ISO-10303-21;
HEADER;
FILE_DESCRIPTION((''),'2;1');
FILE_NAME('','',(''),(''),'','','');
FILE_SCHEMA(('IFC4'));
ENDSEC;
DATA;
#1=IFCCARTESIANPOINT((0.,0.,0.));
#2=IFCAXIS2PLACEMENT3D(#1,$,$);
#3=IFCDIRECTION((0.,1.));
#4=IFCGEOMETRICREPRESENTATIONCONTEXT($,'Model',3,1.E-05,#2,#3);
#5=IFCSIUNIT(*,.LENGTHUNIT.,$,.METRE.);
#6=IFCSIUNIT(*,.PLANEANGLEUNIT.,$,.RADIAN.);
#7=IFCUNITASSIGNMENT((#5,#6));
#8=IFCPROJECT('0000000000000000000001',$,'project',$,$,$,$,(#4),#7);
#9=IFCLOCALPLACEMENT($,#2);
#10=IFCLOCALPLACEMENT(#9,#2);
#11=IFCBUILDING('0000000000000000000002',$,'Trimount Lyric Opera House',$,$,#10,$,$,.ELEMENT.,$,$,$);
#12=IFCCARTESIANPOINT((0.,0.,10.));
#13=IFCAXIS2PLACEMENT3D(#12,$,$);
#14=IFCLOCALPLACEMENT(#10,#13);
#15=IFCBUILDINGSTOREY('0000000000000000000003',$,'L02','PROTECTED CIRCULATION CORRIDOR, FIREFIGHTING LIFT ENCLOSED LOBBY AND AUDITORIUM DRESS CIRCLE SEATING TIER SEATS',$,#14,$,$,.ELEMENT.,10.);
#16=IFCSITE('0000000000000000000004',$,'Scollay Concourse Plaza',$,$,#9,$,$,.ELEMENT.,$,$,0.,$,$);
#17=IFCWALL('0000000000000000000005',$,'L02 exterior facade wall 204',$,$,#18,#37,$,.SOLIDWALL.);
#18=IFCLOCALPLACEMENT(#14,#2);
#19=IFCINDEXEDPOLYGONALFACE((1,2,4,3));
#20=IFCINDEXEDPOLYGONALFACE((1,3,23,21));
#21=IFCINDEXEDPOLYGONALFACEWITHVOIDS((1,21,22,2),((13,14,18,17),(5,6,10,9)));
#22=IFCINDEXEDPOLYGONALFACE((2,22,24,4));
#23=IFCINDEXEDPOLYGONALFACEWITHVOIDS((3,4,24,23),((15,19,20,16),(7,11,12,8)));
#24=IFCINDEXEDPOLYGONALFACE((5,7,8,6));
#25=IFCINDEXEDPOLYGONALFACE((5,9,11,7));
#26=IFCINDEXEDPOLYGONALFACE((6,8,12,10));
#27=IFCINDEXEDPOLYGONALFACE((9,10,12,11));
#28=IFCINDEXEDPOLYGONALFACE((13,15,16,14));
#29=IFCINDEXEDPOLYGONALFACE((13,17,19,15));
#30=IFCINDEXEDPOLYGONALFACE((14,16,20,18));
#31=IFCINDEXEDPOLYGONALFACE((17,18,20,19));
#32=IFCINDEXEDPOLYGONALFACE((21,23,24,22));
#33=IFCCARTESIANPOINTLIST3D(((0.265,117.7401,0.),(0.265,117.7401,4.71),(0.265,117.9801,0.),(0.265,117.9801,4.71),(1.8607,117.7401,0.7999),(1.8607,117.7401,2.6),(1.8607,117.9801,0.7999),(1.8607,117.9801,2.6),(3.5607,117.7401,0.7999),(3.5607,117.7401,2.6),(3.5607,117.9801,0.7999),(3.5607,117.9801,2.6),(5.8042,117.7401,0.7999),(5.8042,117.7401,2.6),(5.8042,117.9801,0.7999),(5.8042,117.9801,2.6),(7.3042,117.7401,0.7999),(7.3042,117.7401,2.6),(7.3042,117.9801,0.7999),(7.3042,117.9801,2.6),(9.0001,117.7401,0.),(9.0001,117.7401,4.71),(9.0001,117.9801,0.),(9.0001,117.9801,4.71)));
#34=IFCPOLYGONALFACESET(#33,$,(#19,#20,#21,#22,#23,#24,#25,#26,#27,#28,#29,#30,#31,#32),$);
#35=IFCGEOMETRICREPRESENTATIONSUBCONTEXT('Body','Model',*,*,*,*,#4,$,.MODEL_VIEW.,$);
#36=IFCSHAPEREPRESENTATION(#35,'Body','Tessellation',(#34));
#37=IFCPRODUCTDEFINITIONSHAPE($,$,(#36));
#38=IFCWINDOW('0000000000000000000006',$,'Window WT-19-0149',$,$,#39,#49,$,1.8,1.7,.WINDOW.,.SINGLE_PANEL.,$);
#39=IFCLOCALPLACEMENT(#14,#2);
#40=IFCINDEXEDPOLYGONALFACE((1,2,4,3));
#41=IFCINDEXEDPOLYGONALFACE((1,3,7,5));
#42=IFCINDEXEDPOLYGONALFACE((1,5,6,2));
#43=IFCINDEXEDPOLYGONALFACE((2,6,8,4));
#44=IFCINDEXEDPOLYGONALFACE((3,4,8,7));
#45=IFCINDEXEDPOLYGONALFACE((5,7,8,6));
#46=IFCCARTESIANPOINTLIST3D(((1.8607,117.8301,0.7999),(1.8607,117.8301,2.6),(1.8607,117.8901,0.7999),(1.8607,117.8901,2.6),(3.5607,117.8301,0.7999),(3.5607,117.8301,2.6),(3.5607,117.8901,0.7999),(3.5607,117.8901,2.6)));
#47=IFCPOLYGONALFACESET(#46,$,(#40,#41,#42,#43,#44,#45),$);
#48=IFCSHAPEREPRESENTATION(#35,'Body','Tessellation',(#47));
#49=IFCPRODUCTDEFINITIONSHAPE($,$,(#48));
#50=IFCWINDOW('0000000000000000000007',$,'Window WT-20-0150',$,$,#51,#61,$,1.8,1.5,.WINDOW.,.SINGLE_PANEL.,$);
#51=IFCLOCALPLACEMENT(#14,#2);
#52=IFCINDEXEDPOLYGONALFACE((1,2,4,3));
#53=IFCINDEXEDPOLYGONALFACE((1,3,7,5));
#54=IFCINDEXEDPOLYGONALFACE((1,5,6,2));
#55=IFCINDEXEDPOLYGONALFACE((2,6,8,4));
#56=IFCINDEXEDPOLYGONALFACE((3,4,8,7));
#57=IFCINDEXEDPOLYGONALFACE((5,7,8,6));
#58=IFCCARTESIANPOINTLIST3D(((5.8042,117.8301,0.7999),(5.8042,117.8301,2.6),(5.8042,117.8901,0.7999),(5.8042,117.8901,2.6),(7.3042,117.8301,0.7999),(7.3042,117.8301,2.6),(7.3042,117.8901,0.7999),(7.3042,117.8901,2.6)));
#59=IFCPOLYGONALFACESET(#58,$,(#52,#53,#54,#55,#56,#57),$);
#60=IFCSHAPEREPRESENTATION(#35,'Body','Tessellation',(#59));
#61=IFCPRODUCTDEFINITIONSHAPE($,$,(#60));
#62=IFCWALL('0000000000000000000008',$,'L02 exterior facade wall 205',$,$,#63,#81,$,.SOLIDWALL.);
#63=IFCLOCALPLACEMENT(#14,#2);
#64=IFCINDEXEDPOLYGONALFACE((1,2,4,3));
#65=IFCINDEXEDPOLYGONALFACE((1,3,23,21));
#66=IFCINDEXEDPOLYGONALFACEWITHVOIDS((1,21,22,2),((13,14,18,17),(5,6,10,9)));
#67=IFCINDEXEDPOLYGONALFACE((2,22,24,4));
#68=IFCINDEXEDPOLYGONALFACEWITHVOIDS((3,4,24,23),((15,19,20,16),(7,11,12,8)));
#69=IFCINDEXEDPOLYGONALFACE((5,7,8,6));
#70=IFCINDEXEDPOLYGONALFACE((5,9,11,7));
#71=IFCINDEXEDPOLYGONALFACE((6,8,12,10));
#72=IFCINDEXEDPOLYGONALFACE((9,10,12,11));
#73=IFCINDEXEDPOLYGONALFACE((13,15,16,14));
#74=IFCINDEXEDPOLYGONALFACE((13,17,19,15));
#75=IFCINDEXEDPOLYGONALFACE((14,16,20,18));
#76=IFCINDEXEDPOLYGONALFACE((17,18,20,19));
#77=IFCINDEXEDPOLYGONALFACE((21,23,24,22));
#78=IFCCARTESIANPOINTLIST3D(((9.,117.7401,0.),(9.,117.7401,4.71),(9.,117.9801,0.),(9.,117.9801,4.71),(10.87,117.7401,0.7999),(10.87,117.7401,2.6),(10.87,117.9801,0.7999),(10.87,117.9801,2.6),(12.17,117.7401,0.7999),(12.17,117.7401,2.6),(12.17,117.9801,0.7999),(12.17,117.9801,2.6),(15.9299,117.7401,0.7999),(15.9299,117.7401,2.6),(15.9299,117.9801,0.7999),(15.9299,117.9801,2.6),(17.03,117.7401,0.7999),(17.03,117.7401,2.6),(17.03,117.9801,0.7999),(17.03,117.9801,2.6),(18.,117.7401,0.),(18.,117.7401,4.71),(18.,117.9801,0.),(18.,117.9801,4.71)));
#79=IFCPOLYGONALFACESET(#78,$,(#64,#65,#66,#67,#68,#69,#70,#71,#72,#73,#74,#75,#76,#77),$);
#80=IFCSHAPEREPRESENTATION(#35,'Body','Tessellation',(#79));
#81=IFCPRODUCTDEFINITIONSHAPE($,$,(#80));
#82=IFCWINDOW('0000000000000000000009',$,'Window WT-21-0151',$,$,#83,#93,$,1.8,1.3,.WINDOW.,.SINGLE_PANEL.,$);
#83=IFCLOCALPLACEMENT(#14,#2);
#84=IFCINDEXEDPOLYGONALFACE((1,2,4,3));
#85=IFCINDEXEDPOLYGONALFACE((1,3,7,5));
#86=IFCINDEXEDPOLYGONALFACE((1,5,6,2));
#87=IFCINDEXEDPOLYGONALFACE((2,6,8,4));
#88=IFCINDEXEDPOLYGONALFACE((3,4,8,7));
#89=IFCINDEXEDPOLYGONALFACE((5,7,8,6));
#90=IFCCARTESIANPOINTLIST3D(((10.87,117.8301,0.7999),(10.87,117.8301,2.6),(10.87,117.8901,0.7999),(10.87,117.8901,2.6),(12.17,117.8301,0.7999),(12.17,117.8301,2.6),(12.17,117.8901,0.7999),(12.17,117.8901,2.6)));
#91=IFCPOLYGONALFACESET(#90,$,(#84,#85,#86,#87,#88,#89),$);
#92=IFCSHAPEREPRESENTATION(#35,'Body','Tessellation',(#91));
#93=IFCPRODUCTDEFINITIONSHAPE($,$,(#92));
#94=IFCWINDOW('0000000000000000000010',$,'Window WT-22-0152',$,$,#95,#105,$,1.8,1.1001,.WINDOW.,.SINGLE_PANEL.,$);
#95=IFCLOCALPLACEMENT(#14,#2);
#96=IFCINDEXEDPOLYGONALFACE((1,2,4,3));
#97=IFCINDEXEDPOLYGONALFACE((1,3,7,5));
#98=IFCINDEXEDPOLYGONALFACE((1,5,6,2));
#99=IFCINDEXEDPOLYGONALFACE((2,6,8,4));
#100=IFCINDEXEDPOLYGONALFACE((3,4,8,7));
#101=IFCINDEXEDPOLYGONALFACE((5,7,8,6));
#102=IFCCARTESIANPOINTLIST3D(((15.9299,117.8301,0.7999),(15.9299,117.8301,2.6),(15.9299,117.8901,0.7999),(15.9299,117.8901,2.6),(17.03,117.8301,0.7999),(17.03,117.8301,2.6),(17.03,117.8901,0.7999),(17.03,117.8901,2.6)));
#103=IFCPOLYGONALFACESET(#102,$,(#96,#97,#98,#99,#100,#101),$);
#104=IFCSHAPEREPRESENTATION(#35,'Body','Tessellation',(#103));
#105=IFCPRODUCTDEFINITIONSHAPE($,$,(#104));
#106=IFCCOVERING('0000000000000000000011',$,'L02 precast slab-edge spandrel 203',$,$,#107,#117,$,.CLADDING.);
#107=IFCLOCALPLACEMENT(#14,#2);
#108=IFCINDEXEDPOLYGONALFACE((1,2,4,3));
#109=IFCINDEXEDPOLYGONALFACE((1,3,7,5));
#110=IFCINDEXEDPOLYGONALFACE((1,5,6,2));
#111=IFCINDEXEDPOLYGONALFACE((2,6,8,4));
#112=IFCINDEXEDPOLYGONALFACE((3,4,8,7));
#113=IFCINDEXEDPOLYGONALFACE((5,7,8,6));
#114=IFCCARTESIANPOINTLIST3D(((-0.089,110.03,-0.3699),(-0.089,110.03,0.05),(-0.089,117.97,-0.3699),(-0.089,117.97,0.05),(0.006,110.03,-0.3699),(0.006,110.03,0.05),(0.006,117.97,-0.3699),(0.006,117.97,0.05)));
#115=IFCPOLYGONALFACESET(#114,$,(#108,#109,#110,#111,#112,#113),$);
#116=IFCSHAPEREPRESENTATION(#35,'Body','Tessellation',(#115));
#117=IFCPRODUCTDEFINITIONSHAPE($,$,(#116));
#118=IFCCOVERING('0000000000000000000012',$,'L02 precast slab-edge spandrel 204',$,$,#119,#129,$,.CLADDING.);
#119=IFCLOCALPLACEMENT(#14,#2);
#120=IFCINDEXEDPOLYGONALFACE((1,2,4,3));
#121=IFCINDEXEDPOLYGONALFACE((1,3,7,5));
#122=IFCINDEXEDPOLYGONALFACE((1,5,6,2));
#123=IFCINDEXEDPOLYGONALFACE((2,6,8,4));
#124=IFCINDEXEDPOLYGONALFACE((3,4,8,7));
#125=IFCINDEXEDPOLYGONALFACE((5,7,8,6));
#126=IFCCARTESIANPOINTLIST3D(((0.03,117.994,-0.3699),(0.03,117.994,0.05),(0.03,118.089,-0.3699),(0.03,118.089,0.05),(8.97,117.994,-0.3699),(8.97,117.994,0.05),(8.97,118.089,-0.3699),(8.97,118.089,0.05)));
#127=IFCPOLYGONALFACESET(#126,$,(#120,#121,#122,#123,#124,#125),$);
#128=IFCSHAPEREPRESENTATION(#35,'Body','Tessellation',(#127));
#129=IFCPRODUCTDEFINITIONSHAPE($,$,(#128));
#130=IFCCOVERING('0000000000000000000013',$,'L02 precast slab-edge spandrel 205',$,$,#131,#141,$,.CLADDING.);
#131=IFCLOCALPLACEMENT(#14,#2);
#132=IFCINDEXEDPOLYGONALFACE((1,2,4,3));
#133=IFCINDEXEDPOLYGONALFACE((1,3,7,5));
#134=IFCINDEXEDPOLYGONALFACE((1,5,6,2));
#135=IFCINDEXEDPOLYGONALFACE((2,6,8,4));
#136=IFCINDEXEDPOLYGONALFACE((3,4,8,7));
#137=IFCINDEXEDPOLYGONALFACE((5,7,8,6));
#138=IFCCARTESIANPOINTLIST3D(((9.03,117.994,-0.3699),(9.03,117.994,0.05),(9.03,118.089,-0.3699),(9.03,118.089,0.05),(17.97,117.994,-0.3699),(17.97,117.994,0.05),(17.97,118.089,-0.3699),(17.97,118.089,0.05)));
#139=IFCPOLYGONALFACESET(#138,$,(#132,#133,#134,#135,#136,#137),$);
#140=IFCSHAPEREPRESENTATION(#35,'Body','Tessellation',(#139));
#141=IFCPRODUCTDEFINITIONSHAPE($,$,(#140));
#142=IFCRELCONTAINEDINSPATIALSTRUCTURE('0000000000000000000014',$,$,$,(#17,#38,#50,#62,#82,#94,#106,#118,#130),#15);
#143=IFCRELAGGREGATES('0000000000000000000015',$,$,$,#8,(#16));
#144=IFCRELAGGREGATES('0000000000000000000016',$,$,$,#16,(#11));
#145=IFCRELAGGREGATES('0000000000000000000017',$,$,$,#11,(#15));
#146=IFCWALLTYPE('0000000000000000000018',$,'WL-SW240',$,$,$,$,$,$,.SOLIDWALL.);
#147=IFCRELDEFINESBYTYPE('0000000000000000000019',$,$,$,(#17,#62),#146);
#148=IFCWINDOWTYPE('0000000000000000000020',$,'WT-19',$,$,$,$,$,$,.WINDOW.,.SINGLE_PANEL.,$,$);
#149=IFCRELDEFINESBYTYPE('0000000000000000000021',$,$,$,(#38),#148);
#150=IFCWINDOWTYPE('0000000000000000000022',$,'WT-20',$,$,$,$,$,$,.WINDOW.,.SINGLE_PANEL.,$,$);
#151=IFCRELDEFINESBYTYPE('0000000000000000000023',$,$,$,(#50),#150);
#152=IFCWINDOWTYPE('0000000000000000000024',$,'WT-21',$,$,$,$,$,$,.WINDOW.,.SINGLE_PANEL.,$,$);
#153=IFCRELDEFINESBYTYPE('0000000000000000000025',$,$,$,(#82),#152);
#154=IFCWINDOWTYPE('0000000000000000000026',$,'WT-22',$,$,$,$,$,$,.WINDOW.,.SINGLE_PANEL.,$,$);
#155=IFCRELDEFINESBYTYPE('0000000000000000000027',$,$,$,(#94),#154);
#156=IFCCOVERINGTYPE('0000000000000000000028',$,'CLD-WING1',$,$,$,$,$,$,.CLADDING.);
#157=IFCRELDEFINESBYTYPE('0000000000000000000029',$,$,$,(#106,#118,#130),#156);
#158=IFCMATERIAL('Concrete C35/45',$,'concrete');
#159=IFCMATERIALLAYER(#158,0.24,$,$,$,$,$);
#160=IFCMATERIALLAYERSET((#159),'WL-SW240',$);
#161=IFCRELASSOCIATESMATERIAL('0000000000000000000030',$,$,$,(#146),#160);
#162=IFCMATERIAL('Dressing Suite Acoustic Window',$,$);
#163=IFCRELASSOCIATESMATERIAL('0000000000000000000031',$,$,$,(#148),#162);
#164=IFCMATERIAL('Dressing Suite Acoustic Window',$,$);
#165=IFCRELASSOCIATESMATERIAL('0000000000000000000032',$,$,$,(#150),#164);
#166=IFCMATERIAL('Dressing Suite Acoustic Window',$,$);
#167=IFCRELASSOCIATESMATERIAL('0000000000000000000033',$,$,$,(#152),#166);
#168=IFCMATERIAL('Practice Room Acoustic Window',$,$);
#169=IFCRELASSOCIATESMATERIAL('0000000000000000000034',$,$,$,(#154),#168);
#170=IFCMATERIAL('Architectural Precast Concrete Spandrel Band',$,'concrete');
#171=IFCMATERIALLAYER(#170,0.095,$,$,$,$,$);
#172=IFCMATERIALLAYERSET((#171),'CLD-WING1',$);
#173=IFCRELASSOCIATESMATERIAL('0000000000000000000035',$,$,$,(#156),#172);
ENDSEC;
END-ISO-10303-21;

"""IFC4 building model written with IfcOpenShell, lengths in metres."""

from ifc_helpers import new_model, si_unit, direction, frame, frame_2d, origin, origin_2d, place, context, subcontext, project, spatial, rectangle, extrude, material, layer, layer_set, type_object, element, fill, save


model = new_model("IFC4")

# Units and contexts
model_context = context("Model", 3, precision=1e-05, world=origin(), true_north=direction((0.0, 1.0)))
body_context = subcontext(model_context, "Body", "Model", "MODEL_VIEW")
ifc_project = project(units=[si_unit("LENGTHUNIT", "METRE"), si_unit("PLANEANGLEUNIT", "RADIAN")], contexts=[model_context])

# Site, building, storey
site_placement = place(None, origin())
site = spatial("IfcSite", under=ifc_project, at=site_placement, Name="Scollay Concourse Plaza", CompositionType="ELEMENT", RefElevation=0.0)
building_placement = place(site_placement, origin())
building = spatial("IfcBuilding", under=site, at=building_placement, Name="Trimount Lyric Opera House", CompositionType="ELEMENT")
storey_placement = place(building_placement, frame((0.0, 0.0, 10.0)))
storey = spatial("IfcBuildingStorey", under=building, at=storey_placement, Name="L02", Description="PROTECTED CIRCULATION CORRIDOR, FIREFIGHTING LIFT ENCLOSED LOBBY AND AUDITORIUM DRESS CIRCLE SEATING TIER SEATS", CompositionType="ELEMENT", Elevation=10.0)

# Walls, openings, windows
ifc_material_1 = material(Name="Concrete C35/45", Category="concrete")
ifc_layer_1 = layer(ifc_material_1, 0.24)
ifc_layer_set_1 = layer_set([ifc_layer_1], Name="WL-SW240")
wall_type = type_object("IfcWallType", Name="WL-SW240", PredefinedType="SOLIDWALL", material=ifc_layer_set_1)
wall_1_placement = place(storey_placement, frame((0.2649, 117.8601, 0.0), z_axis=(0.0, 0.0, 1.0), x_axis=(1.0, 0.0, 0.0)))
wall_1 = element("IfcWall", 1, at=wall_1_placement, inside=storey, type_object=wall_type, Name="L02 exterior facade wall 204", PredefinedType="SOLIDWALL", context=body_context, shape_type="SweptSolid", body=[
    extrude(rectangle(XDim=8.7351, YDim=0.24, at=frame_2d((4.3677, 0.0))), origin(), (0.0, 0.0, 1.0), 4.71),
])
opening_1_placement = place(wall_1_placement, frame((1.5957, 0.0, 0.8)))
opening_1 = element("IfcOpeningElement", 2, at=opening_1_placement, cuts=wall_1, PredefinedType="OPENING", context=body_context, shape_type="SweptSolid", body=[
    extrude(rectangle(XDim=1.7, YDim=1.8, at=frame_2d((0.8501, 0.8999))), frame((0.0, 0.1299, 0.0), z_axis=(0.0, -1.0, 0.0), x_axis=(1.0, 0.0, 0.0)), (0.0, 0.0, 1.0), 0.26),
])
opening_2_placement = place(wall_1_placement, frame((5.5393, 0.0, 0.8)))
opening_2 = element("IfcOpeningElement", 3, at=opening_2_placement, cuts=wall_1, PredefinedType="OPENING", context=body_context, shape_type="SweptSolid", body=[
    extrude(rectangle(XDim=1.5, YDim=1.8, at=frame_2d((0.75, 0.8999))), frame((0.0, 0.1299, 0.0), z_axis=(0.0, -1.0, 0.0), x_axis=(1.0, 0.0, 0.0)), (0.0, 0.0, 1.0), 0.26),
])
ifc_material_2 = material(Name="Dressing Suite Acoustic Window")
window_type_1 = type_object("IfcWindowType", Name="WT-19", PartitioningType="SINGLE_PANEL", PredefinedType="WINDOW", material=ifc_material_2)
window_1_placement = place(opening_1_placement, origin())
window_1 = element("IfcWindow", 4, at=window_1_placement, inside=storey, type_object=window_type_1, Name="Window WT-19-0149", OverallHeight=1.8, OverallWidth=1.7, PartitioningType="SINGLE_PANEL", PredefinedType="WINDOW", context=body_context, shape_type="SweptSolid", body=[
    extrude(rectangle(XDim=1.7, YDim=1.8, at=frame_2d((0.8501, 0.8999))), frame((0.0, 0.03, 0.0), z_axis=(0.0, -1.0, 0.0), x_axis=(1.0, 0.0, 0.0)), (0.0, 0.0, 1.0), 0.0601),
])
fill(opening_1, window_1)
ifc_material_3 = material(Name="Dressing Suite Acoustic Window")
window_type_2 = type_object("IfcWindowType", Name="WT-20", PartitioningType="SINGLE_PANEL", PredefinedType="WINDOW", material=ifc_material_3)
window_2_placement = place(opening_2_placement, origin())
window_2 = element("IfcWindow", 5, at=window_2_placement, inside=storey, type_object=window_type_2, Name="Window WT-20-0150", OverallHeight=1.8, OverallWidth=1.5, PartitioningType="SINGLE_PANEL", PredefinedType="WINDOW", context=body_context, shape_type="SweptSolid", body=[
    extrude(rectangle(XDim=1.5, YDim=1.8, at=frame_2d((0.75, 0.8999))), frame((0.0, 0.03, 0.0), z_axis=(0.0, -1.0, 0.0), x_axis=(1.0, 0.0, 0.0)), (0.0, 0.0, 1.0), 0.0601),
])
fill(opening_2, window_2)
wall_2_placement = place(storey_placement, frame((9.0, 117.8601, 0.0), z_axis=(0.0, 0.0, 1.0), x_axis=(1.0, 0.0, 0.0)))
wall_2 = element("IfcWall", 6, at=wall_2_placement, inside=storey, type_object=wall_type, Name="L02 exterior facade wall 205", PredefinedType="SOLIDWALL", context=body_context, shape_type="SweptSolid", body=[
    extrude(rectangle(XDim=9.0, YDim=0.24, at=frame_2d((4.5, 0.0))), origin(), (0.0, 0.0, 1.0), 4.71),
])
opening_3_placement = place(wall_2_placement, frame((1.8701, 0.0, 0.8)))
opening_3 = element("IfcOpeningElement", 7, at=opening_3_placement, cuts=wall_2, PredefinedType="OPENING", context=body_context, shape_type="SweptSolid", body=[
    extrude(rectangle(XDim=1.3, YDim=1.8, at=frame_2d((0.6499, 0.8999))), frame((0.0, 0.1299, 0.0), z_axis=(0.0, -1.0, 0.0), x_axis=(1.0, 0.0, 0.0)), (0.0, 0.0, 1.0), 0.26),
])
opening_4_placement = place(wall_2_placement, frame((6.9299, 0.0, 0.8)))
opening_4 = element("IfcOpeningElement", 8, at=opening_4_placement, cuts=wall_2, PredefinedType="OPENING", context=body_context, shape_type="SweptSolid", body=[
    extrude(rectangle(XDim=1.1001, YDim=1.8, at=frame_2d((0.55, 0.8999))), frame((0.0, 0.1299, 0.0), z_axis=(0.0, -1.0, 0.0), x_axis=(1.0, 0.0, 0.0)), (0.0, 0.0, 1.0), 0.26),
])
ifc_material_4 = material(Name="Dressing Suite Acoustic Window")
window_type_3 = type_object("IfcWindowType", Name="WT-21", PartitioningType="SINGLE_PANEL", PredefinedType="WINDOW", material=ifc_material_4)
window_3_placement = place(opening_3_placement, origin())
window_3 = element("IfcWindow", 9, at=window_3_placement, inside=storey, type_object=window_type_3, Name="Window WT-21-0151", OverallHeight=1.8, OverallWidth=1.3, PartitioningType="SINGLE_PANEL", PredefinedType="WINDOW", context=body_context, shape_type="SweptSolid", body=[
    extrude(rectangle(XDim=1.3, YDim=1.8, at=frame_2d((0.6499, 0.8999))), frame((0.0, 0.03, 0.0), z_axis=(0.0, -1.0, 0.0), x_axis=(1.0, 0.0, 0.0)), (0.0, 0.0, 1.0), 0.0601),
])
fill(opening_3, window_3)
ifc_material_5 = material(Name="Practice Room Acoustic Window")
window_type_4 = type_object("IfcWindowType", Name="WT-22", PartitioningType="SINGLE_PANEL", PredefinedType="WINDOW", material=ifc_material_5)
window_4_placement = place(opening_4_placement, origin())
window_4 = element("IfcWindow", 10, at=window_4_placement, inside=storey, type_object=window_type_4, Name="Window WT-22-0152", OverallHeight=1.8, OverallWidth=1.1001, PartitioningType="SINGLE_PANEL", PredefinedType="WINDOW", context=body_context, shape_type="SweptSolid", body=[
    extrude(rectangle(XDim=1.1001, YDim=1.8, at=frame_2d((0.55, 0.8999))), frame((0.0, 0.03, 0.0), z_axis=(0.0, -1.0, 0.0), x_axis=(1.0, 0.0, 0.0)), (0.0, 0.0, 1.0), 0.0601),
])
fill(opening_4, window_4)

# Coverings
ifc_material_6 = material(Name="Architectural Precast Concrete Spandrel Band", Category="concrete")
ifc_layer_2 = layer(ifc_material_6, 0.095)
ifc_layer_set_2 = layer_set([ifc_layer_2], Name="CLD-WING1")
covering_type = type_object("IfcCoveringType", Name="CLD-WING1", PredefinedType="CLADDING", material=ifc_layer_set_2)
covering_placement = place(storey_placement, frame((-0.0415, 114.0, -0.3699), z_axis=(0.0, 0.0, 1.0), x_axis=(0.0, 1.0, 0.0)))
element("IfcCovering", 11, at=covering_placement, inside=storey, type_object=covering_type, Name="L02 precast slab-edge spandrel 203", PredefinedType="CLADDING", context=body_context, shape_type="SweptSolid", body=[
    extrude(rectangle(XDim=7.9399, YDim=0.095, at=origin_2d()), origin(), (0.0, 0.0, 1.0), 0.4199),
])
for number, where, z_axis, x_axis, name in (
    (12, (4.5, 118.0415, -0.3699), (0.0, 0.0, 1.0), (1.0, 0.0, 0.0), "L02 precast slab-edge spandrel 204"),
    (13, (13.5, 118.0415, -0.3699), (0.0, 0.0, 1.0), (1.0, 0.0, 0.0), "L02 precast slab-edge spandrel 205"),
):
    element("IfcCovering", number, at=place(storey_placement, frame(where, z_axis=z_axis, x_axis=x_axis)), inside=storey, type_object=covering_type, Name=name, PredefinedType="CLADDING", context=body_context, shape_type="SweptSolid", body=[
        extrude(rectangle(XDim=8.9399, YDim=0.095, at=origin_2d()), origin(), (0.0, 0.0, 1.0), 0.4199),
    ])

save(model, "model.ifc")
